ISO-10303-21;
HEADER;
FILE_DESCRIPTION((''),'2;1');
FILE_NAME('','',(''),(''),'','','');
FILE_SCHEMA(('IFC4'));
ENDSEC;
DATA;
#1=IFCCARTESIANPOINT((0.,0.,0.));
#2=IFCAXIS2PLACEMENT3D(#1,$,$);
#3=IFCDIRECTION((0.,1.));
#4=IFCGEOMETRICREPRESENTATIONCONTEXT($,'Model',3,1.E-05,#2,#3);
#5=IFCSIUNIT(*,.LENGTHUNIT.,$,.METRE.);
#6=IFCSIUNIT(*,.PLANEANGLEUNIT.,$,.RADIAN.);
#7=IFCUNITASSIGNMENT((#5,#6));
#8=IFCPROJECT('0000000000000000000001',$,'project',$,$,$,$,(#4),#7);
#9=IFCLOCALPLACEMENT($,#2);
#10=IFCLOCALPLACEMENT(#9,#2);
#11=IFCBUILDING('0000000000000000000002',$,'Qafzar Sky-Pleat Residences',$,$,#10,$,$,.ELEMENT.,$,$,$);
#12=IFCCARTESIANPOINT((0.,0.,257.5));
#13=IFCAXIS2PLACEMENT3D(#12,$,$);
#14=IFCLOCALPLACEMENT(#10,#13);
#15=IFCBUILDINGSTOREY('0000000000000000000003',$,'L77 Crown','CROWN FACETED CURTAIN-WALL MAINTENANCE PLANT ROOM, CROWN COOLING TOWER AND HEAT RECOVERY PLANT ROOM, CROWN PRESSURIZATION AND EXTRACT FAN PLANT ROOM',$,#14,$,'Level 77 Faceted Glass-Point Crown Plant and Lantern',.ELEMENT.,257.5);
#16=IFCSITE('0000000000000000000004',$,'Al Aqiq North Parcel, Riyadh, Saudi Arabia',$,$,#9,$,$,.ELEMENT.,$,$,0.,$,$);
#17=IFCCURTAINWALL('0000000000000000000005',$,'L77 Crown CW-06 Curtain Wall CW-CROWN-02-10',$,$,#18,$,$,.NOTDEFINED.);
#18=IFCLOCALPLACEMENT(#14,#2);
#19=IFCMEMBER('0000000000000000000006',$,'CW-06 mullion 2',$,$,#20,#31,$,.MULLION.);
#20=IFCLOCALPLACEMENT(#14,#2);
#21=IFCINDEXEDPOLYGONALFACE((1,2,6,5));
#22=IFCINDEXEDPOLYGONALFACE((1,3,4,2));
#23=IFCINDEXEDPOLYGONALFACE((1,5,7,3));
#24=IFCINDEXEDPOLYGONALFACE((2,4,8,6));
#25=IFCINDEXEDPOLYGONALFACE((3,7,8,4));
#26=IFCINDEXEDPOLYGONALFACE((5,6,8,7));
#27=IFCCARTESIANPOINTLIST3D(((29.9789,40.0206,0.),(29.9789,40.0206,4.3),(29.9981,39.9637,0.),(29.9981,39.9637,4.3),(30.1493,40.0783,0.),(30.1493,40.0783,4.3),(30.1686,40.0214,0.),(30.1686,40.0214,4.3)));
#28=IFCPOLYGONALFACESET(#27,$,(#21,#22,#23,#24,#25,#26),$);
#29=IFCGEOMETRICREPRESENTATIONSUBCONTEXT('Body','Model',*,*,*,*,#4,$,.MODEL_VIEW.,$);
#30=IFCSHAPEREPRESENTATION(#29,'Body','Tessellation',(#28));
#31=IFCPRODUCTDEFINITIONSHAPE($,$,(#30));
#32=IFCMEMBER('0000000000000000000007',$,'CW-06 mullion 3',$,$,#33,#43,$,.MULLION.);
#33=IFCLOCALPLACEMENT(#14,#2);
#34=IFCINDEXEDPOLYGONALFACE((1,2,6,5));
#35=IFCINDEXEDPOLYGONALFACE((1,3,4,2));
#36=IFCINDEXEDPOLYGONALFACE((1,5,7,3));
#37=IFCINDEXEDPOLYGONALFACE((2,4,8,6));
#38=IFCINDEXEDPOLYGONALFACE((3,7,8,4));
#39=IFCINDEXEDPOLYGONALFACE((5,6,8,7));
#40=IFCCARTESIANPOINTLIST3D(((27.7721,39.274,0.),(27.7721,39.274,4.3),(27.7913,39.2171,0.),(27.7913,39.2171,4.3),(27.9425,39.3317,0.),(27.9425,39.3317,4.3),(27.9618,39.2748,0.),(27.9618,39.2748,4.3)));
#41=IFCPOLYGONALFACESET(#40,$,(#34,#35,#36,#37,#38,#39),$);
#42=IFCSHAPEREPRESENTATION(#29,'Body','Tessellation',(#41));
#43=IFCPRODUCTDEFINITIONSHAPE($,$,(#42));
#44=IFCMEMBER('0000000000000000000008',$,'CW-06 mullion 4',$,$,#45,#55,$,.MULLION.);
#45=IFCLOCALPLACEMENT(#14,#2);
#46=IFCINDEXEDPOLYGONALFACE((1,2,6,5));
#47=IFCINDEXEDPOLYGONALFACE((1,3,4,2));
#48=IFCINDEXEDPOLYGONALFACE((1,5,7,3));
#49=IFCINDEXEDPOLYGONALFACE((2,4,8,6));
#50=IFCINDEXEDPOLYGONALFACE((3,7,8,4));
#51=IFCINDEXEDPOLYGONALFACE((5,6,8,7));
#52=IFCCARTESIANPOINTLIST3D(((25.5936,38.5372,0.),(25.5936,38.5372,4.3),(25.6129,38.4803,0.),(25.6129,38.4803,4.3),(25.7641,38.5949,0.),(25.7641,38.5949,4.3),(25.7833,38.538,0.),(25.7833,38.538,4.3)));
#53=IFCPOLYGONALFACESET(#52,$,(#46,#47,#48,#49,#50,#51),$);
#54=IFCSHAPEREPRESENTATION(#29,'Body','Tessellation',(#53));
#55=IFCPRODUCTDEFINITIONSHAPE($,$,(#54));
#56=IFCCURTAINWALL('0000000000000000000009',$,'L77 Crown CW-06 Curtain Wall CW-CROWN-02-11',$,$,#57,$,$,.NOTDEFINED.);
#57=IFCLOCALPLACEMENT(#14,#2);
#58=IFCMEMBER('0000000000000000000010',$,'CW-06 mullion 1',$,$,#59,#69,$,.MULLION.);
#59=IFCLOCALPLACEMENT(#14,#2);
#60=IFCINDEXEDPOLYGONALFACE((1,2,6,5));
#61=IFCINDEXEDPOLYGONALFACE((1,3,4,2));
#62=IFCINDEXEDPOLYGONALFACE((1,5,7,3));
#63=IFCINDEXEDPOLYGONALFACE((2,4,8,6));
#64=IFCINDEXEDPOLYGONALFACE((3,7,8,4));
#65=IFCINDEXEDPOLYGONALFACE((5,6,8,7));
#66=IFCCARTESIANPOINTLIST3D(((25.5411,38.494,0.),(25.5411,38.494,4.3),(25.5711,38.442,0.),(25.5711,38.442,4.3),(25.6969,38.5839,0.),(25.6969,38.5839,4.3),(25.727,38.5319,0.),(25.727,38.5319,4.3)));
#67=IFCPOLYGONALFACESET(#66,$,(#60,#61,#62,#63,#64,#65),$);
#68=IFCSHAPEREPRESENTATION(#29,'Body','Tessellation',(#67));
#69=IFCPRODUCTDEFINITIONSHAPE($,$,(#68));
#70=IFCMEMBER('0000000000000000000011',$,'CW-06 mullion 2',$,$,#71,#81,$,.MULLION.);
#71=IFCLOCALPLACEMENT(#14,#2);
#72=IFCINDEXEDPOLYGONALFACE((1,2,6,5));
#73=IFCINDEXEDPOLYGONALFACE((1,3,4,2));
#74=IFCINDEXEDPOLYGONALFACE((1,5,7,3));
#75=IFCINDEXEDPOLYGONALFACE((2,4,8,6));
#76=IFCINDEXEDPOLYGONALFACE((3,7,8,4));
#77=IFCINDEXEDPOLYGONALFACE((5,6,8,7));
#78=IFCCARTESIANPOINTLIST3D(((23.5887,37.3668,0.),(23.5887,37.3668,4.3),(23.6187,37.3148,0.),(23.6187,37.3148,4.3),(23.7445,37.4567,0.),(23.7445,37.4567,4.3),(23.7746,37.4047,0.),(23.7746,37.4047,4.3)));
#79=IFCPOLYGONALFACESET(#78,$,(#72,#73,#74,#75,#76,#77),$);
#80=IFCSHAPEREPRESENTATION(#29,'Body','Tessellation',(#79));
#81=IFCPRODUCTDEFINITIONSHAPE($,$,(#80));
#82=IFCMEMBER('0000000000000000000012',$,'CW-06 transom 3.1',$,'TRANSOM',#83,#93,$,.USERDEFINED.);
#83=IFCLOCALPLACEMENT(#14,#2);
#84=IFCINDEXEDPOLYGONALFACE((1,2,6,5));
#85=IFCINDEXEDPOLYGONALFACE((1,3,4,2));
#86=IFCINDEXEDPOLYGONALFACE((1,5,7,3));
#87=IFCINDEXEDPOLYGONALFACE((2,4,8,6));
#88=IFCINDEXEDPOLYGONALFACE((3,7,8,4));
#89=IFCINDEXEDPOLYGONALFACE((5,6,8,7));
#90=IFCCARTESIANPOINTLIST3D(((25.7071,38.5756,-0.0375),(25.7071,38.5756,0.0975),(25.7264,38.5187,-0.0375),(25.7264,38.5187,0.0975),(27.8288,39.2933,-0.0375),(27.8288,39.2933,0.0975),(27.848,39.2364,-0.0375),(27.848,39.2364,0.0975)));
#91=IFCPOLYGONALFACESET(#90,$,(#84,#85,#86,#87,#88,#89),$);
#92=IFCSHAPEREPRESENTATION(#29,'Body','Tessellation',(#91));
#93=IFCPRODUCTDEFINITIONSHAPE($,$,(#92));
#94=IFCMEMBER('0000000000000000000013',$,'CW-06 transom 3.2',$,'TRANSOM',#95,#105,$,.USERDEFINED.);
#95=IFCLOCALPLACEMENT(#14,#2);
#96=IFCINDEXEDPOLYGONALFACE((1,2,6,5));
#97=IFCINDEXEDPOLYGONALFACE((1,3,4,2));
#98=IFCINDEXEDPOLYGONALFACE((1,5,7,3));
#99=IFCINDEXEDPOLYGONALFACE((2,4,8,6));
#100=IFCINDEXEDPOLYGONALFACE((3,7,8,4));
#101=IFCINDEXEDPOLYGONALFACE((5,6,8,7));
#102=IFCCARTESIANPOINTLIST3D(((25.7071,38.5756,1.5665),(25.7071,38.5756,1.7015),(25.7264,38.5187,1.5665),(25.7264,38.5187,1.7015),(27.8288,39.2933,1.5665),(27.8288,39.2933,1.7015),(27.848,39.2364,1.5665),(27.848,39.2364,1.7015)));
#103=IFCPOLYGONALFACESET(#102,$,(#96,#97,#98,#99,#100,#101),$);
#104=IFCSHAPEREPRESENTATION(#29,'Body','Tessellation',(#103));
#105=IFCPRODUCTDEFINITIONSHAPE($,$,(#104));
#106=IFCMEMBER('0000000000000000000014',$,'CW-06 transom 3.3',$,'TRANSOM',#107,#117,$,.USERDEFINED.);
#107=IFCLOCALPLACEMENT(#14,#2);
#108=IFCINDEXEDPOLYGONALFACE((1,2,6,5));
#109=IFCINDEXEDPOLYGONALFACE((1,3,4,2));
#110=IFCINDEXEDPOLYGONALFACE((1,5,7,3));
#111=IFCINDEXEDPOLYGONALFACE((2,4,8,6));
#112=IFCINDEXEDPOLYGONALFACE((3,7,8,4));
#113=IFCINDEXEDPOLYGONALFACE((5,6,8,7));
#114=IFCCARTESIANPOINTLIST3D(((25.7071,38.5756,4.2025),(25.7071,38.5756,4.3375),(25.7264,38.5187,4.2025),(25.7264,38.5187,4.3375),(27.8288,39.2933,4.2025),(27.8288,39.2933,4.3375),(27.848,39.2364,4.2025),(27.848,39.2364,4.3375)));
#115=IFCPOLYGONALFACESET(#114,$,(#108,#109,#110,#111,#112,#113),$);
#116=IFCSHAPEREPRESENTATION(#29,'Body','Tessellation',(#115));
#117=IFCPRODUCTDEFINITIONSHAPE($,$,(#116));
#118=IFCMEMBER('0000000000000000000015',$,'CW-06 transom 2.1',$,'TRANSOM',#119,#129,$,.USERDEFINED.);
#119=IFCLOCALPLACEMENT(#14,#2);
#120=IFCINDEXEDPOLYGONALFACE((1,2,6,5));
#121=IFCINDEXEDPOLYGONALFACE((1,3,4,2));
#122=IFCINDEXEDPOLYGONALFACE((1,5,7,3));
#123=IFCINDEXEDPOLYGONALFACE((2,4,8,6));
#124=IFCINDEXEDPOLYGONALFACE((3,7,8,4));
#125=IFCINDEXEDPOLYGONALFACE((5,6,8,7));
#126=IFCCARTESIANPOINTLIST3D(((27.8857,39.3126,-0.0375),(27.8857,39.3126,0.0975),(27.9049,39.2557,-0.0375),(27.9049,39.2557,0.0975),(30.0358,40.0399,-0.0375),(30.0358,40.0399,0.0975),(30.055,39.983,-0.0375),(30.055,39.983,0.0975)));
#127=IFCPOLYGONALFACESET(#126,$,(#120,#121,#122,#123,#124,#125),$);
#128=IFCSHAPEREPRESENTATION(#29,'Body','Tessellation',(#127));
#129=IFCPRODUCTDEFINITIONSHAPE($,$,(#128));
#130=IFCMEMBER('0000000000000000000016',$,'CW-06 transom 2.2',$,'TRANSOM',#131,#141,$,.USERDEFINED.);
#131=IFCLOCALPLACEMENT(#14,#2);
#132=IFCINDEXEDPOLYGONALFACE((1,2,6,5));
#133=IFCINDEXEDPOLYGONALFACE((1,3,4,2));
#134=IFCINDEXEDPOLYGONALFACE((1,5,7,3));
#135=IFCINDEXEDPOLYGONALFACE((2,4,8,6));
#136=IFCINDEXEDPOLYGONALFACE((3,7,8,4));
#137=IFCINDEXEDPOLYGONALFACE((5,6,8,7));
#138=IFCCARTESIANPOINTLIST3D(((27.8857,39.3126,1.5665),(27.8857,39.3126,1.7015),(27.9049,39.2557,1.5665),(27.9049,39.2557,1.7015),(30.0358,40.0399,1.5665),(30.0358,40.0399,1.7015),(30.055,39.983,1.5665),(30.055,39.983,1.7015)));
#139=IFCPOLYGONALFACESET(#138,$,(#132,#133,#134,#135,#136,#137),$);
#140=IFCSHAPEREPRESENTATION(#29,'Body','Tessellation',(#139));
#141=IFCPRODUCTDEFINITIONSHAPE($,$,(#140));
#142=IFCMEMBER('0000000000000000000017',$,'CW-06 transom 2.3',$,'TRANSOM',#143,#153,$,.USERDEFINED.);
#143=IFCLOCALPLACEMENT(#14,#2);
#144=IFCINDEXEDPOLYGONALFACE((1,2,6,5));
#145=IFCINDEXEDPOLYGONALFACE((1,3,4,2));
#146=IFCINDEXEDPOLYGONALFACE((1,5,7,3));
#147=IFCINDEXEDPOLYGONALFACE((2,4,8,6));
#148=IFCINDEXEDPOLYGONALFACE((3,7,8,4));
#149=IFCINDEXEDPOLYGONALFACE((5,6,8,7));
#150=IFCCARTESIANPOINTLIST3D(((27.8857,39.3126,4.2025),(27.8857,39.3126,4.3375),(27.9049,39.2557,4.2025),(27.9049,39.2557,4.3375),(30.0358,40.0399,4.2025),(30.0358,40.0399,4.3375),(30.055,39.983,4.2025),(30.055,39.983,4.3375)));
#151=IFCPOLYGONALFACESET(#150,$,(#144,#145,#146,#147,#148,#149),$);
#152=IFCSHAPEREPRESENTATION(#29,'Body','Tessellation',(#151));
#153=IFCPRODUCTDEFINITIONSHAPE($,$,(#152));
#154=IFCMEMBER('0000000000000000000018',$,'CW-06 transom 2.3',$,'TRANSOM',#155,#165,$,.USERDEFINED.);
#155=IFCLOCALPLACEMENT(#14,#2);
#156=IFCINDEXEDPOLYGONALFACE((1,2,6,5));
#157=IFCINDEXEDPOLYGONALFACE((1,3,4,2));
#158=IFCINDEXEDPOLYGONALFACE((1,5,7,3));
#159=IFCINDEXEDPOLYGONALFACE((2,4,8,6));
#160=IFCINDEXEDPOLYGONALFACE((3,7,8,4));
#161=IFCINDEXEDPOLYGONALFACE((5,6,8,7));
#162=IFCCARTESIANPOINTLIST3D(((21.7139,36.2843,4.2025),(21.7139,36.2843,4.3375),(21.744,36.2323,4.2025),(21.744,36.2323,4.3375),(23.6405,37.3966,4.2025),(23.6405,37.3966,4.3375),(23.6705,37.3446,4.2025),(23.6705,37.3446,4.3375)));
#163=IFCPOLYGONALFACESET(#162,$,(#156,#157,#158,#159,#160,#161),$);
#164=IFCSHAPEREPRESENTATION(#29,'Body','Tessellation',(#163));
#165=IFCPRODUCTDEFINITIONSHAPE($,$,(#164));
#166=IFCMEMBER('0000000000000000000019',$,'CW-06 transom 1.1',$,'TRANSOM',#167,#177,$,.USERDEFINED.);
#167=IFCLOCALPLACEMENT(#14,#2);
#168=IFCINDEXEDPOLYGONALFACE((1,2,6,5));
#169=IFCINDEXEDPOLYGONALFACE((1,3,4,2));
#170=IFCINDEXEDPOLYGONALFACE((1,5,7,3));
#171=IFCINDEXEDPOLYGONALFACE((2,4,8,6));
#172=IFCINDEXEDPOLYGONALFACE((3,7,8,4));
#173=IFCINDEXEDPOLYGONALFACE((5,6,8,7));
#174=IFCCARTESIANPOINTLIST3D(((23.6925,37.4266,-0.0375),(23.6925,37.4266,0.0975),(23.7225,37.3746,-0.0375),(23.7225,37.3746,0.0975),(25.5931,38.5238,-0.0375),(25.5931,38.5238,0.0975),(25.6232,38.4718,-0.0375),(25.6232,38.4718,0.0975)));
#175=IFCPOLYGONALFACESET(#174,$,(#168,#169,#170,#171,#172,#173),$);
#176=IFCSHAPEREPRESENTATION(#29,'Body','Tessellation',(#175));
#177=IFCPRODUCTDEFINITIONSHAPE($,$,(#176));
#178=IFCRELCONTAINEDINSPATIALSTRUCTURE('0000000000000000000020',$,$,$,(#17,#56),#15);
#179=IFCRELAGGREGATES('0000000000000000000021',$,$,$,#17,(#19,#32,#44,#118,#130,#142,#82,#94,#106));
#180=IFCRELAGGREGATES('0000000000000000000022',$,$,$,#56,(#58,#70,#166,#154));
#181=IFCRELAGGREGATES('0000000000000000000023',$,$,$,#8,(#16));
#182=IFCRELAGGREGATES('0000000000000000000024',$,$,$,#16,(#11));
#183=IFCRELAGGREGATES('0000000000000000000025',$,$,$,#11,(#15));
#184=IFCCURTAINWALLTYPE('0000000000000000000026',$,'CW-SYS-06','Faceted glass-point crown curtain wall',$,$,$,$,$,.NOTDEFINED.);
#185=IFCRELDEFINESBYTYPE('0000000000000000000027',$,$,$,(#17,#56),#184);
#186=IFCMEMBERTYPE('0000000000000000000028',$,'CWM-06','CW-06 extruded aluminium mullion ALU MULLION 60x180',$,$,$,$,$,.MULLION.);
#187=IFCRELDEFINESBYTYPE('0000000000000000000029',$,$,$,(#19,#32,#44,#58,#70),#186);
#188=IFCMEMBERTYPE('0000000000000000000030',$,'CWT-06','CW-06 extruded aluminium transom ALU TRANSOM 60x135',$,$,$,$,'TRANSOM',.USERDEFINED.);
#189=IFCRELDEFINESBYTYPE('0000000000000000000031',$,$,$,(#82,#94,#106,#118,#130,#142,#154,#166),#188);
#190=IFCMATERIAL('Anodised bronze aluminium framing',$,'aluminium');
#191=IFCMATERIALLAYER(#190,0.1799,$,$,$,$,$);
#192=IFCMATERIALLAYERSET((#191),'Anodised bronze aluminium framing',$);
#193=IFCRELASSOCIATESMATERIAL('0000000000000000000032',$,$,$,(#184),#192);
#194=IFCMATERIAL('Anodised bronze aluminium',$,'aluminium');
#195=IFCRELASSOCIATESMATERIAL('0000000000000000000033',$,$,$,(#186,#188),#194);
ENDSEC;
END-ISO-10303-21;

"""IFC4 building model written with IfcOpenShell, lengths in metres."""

from ifc_helpers import new_model, si_unit, direction, frame, origin, origin_2d, place, context, subcontext, project, spatial, rectangle, extrude, source, transform, mapped, material, layer, layer_set, material_profile, profile_set, type_object, element, aggregate, save


model = new_model("IFC4")

# Units and contexts
model_context = context("Model", 3, precision=1e-05, world=origin(), true_north=direction((0.0, 1.0)))
body_context = subcontext(model_context, "Body", "Model", "MODEL_VIEW")
ifc_project = project(units=[si_unit("LENGTHUNIT", "METRE"), si_unit("PLANEANGLEUNIT", "RADIAN")], contexts=[model_context])

# Site, building, storey
site_placement = place(None, origin())
site = spatial("IfcSite", under=ifc_project, at=site_placement, Name="Al Aqiq North Parcel, Riyadh, Saudi Arabia", CompositionType="ELEMENT", RefElevation=0.0)
building_placement = place(site_placement, origin())
building = spatial("IfcBuilding", under=site, at=building_placement, Name="Qafzar Sky-Pleat Residences", CompositionType="ELEMENT")
storey_placement = place(building_placement, frame((0.0, 0.0, 257.5)))
storey = spatial("IfcBuildingStorey", under=building, at=storey_placement, Name="L77 Crown", Description="CROWN FACETED CURTAIN-WALL MAINTENANCE PLANT ROOM, CROWN COOLING TOWER AND HEAT RECOVERY PLANT ROOM, CROWN PRESSURIZATION AND EXTRACT FAN PLANT ROOM", LongName="Level 77 Faceted Glass-Point Crown Plant and Lantern", CompositionType="ELEMENT", Elevation=257.5)

# Curtain walls, members
ifc_material_1 = material(Name="Anodised bronze aluminium framing", Category="aluminium")
ifc_layer_1 = layer(ifc_material_1, 0.1799)
ifc_layer_set_1 = layer_set([ifc_layer_1], Name="Anodised bronze aluminium framing")
curtain_wall_type = type_object("IfcCurtainWallType", Name="CW-SYS-06", Description="Faceted glass-point crown curtain wall", PredefinedType="NOTDEFINED", material=ifc_layer_set_1)
curtain_wall_1_placement = place(storey_placement, origin())
curtain_wall_1 = element("IfcCurtainWall", 1, at=curtain_wall_1_placement, inside=storey, type_object=curtain_wall_type, Name="L77 Crown CW-06 Curtain Wall CW-CROWN-02-10", PredefinedType="NOTDEFINED")
ifc_material_2 = material(Name="Anodised bronze aluminium", Category="aluminium")
ifc_material_profile_1 = material_profile(ifc_material_2, rectangle(XDim=0.0601, YDim=0.1799, at=origin_2d()), Name="ALU MULLION 60x180")
ifc_profile_set_1 = profile_set([ifc_material_profile_1], Name="Anodised bronze aluminium")
member_type_1 = type_object("IfcMemberType", Name="CWM-06", Description="CW-06 extruded aluminium mullion ALU MULLION 60x180", PredefinedType="MULLION", material=ifc_profile_set_1)
shared_shape_1 = source(origin(), body_context, "Body", "SweptSolid", [
    extrude(rectangle(XDim=0.0601, YDim=0.1799, at=origin_2d()), origin(), (0.0, 0.0, 1.0), 4.3),
])
member_1_placement = place(storey_placement, frame((30.0737, 40.021, 0.0), z_axis=(0.0, 0.0, 1.0), x_axis=(0.320448, -0.947266, 0.0)))
member_1 = element("IfcMember", 2, at=member_1_placement, type_object=member_type_1, Name="CW-06 mullion 2", PredefinedType="MULLION", context=body_context, shape_type="MappedRepresentation", body=[
    mapped(shared_shape_1, transform((0.0, 0.0, 0.0), x_axis=(1.0, 0.0, 0.0), y_axis=(0.0, 1.0, 0.0), z_axis=(0.0, 0.0, 1.0), scale=1.0)),
])
member_2_placement = place(storey_placement, frame((27.8669, 39.2744, 0.0), z_axis=(0.0, 0.0, 1.0), x_axis=(0.320448, -0.947266, 0.0)))
member_2 = element("IfcMember", 3, at=member_2_placement, type_object=member_type_1, Name="CW-06 mullion 3", PredefinedType="MULLION", context=body_context, shape_type="MappedRepresentation", body=[
    mapped(shared_shape_1, transform((0.0, 0.0, 0.0), x_axis=(1.0, 0.0, 0.0), y_axis=(0.0, 1.0, 0.0), z_axis=(0.0, 0.0, 1.0), scale=1.0)),
])
member_3_placement = place(storey_placement, frame((25.6885, 38.5376, 0.0), z_axis=(0.0, 0.0, 1.0), x_axis=(0.320448, -0.947266, 0.0)))
member_3 = element("IfcMember", 4, at=member_3_placement, type_object=member_type_1, Name="CW-06 mullion 4", PredefinedType="MULLION", context=body_context, shape_type="MappedRepresentation", body=[
    mapped(shared_shape_1, transform((0.0, 0.0, 0.0), x_axis=(1.0, 0.0, 0.0), y_axis=(0.0, 1.0, 0.0), z_axis=(0.0, 0.0, 1.0), scale=1.0)),
])
curtain_wall_2_placement = place(storey_placement, origin())
curtain_wall_2 = element("IfcCurtainWall", 5, at=curtain_wall_2_placement, inside=storey, type_object=curtain_wall_type, Name="L77 Crown CW-06 Curtain Wall CW-CROWN-02-11", PredefinedType="NOTDEFINED")
member_4_placement = place(storey_placement, frame((25.634, 38.5129, 0.0), z_axis=(0.0, 0.0, 1.0), x_axis=(0.499999, -0.866026, 0.0)))
member_4 = element("IfcMember", 6, at=member_4_placement, type_object=member_type_1, Name="CW-06 mullion 1", PredefinedType="MULLION", context=body_context, shape_type="MappedRepresentation", body=[
    mapped(shared_shape_1, transform((0.0, 0.0, 0.0), x_axis=(1.0, 0.0, 0.0), y_axis=(0.0, 1.0, 0.0), z_axis=(0.0, 0.0, 1.0), scale=1.0)),
])
member_5_placement = place(storey_placement, frame((23.6816, 37.3857, 0.0), z_axis=(0.0, 0.0, 1.0), x_axis=(0.499999, -0.866026, 0.0)))
member_5 = element("IfcMember", 7, at=member_5_placement, type_object=member_type_1, Name="CW-06 mullion 2", PredefinedType="MULLION", context=body_context, shape_type="MappedRepresentation", body=[
    mapped(shared_shape_1, transform((0.0, 0.0, 0.0), x_axis=(1.0, 0.0, 0.0), y_axis=(0.0, 1.0, 0.0), z_axis=(0.0, 0.0, 1.0), scale=1.0)),
])

# Members
ifc_material_profile_2 = material_profile(ifc_material_2, rectangle(XDim=0.0601, YDim=0.135, at=origin_2d()), Name="ALU TRANSOM 60x135")
ifc_profile_set_2 = profile_set([ifc_material_profile_2], Name="Anodised bronze aluminium")
member_type_2 = type_object("IfcMemberType", Name="CWT-06", Description="CW-06 extruded aluminium transom ALU TRANSOM 60x135", ElementType="TRANSOM", PredefinedType="USERDEFINED", material=ifc_profile_set_2)
shared_shape_2 = source(origin(), body_context, "Body", "SweptSolid", [
    extrude(rectangle(XDim=0.0601, YDim=0.135, at=origin_2d()), origin(), (0.0, 0.0, 1.0), 2.2397),
])
member_6_placement = place(storey_placement, frame((27.8384, 39.2649, 0.03), z_axis=(-0.947257, -0.320476, 0.0), x_axis=(0.320476, -0.947257, 0.0)))
member_6 = element("IfcMember", 8, at=member_6_placement, type_object=member_type_2, Name="CW-06 transom 3.1", ObjectType="TRANSOM", PredefinedType="USERDEFINED", context=body_context, shape_type="MappedRepresentation", body=[
    mapped(shared_shape_2, transform((0.0, 0.0, 0.0), x_axis=(1.0, 0.0, 0.0), y_axis=(0.0, 1.0, 0.0), z_axis=(0.0, 0.0, 1.0), scale=1.0)),
])
member_7_placement = place(storey_placement, frame((27.8384, 39.2649, 1.634), z_axis=(-0.947257, -0.320476, 0.0), x_axis=(0.320476, -0.947257, 0.0)))
member_7 = element("IfcMember", 9, at=member_7_placement, type_object=member_type_2, Name="CW-06 transom 3.2", ObjectType="TRANSOM", PredefinedType="USERDEFINED", context=body_context, shape_type="MappedRepresentation", body=[
    mapped(shared_shape_2, transform((0.0, 0.0, 0.0), x_axis=(1.0, 0.0, 0.0), y_axis=(0.0, 1.0, 0.0), z_axis=(0.0, 0.0, 1.0), scale=1.0)),
])
member_8_placement = place(storey_placement, frame((27.8384, 39.2649, 4.27), z_axis=(-0.947257, -0.320476, 0.0), x_axis=(0.320476, -0.947257, 0.0)))
member_8 = element("IfcMember", 10, at=member_8_placement, type_object=member_type_2, Name="CW-06 transom 3.3", ObjectType="TRANSOM", PredefinedType="USERDEFINED", context=body_context, shape_type="MappedRepresentation", body=[
    mapped(shared_shape_2, transform((0.0, 0.0, 0.0), x_axis=(1.0, 0.0, 0.0), y_axis=(0.0, 1.0, 0.0), z_axis=(0.0, 0.0, 1.0), scale=1.0)),
])
shared_shape_3 = source(origin(), body_context, "Body", "SweptSolid", [
    extrude(rectangle(XDim=0.0601, YDim=0.135, at=origin_2d()), origin(), (0.0, 0.0, 1.0), 2.2698),
])
member_9_placement = place(storey_placement, frame((30.0454, 40.0115, 0.03), z_axis=(-0.947276, -0.320419, 0.0), x_axis=(0.320419, -0.947276, 0.0)))
member_9 = element("IfcMember", 11, at=member_9_placement, type_object=member_type_2, Name="CW-06 transom 2.1", ObjectType="TRANSOM", PredefinedType="USERDEFINED", context=body_context, shape_type="MappedRepresentation", body=[
    mapped(shared_shape_3, transform((0.0, 0.0, 0.0), x_axis=(1.0, 0.0, 0.0), y_axis=(0.0, 1.0, 0.0), z_axis=(0.0, 0.0, 1.0), scale=1.0)),
])
member_10_placement = place(storey_placement, frame((30.0454, 40.0115, 1.634), z_axis=(-0.947276, -0.320419, 0.0), x_axis=(0.320419, -0.947276, 0.0)))
member_10 = element("IfcMember", 12, at=member_10_placement, type_object=member_type_2, Name="CW-06 transom 2.2", ObjectType="TRANSOM", PredefinedType="USERDEFINED", context=body_context, shape_type="MappedRepresentation", body=[
    mapped(shared_shape_3, transform((0.0, 0.0, 0.0), x_axis=(1.0, 0.0, 0.0), y_axis=(0.0, 1.0, 0.0), z_axis=(0.0, 0.0, 1.0), scale=1.0)),
])
member_11_placement = place(storey_placement, frame((30.0454, 40.0115, 4.27), z_axis=(-0.947276, -0.320419, 0.0), x_axis=(0.320419, -0.947276, 0.0)))
member_11 = element("IfcMember", 13, at=member_11_placement, type_object=member_type_2, Name="CW-06 transom 2.3", ObjectType="TRANSOM", PredefinedType="USERDEFINED", context=body_context, shape_type="MappedRepresentation", body=[
    mapped(shared_shape_3, transform((0.0, 0.0, 0.0), x_axis=(1.0, 0.0, 0.0), y_axis=(0.0, 1.0, 0.0), z_axis=(0.0, 0.0, 1.0), scale=1.0)),
])
shared_shape_4 = source(origin(), body_context, "Body", "SweptSolid", [
    extrude(rectangle(XDim=0.0601, YDim=0.135, at=origin_2d()), origin(), (0.0, 0.0, 1.0), 2.2246),
])
member_12_placement = place(storey_placement, frame((23.6555, 37.3706, 4.27), z_axis=(-0.866019, -0.500011, 0.0), x_axis=(0.500011, -0.866019, 0.0)))
member_12 = element("IfcMember", 14, at=member_12_placement, type_object=member_type_2, Name="CW-06 transom 2.3", ObjectType="TRANSOM", PredefinedType="USERDEFINED", context=body_context, shape_type="MappedRepresentation", body=[
    mapped(shared_shape_4, transform((0.0, 0.0, 0.0), x_axis=(1.0, 0.0, 0.0), y_axis=(0.0, 1.0, 0.0), z_axis=(0.0, 0.0, 1.0), scale=1.0)),
])
shared_shape_5 = source(origin(), body_context, "Body", "SweptSolid", [
    extrude(rectangle(XDim=0.0601, YDim=0.135, at=origin_2d()), origin(), (0.0, 0.0, 1.0), 2.1946),
])
member_13_placement = place(storey_placement, frame((25.6082, 38.4978, 0.03), z_axis=(-0.866058, -0.499944, 0.0), x_axis=(0.499944, -0.866058, 0.0)))
member_13 = element("IfcMember", 15, at=member_13_placement, type_object=member_type_2, Name="CW-06 transom 1.1", ObjectType="TRANSOM", PredefinedType="USERDEFINED", context=body_context, shape_type="MappedRepresentation", body=[
    mapped(shared_shape_5, transform((0.0, 0.0, 0.0), x_axis=(1.0, 0.0, 0.0), y_axis=(0.0, 1.0, 0.0), z_axis=(0.0, 0.0, 1.0), scale=1.0)),
])

aggregate(curtain_wall_1, [member_1, member_2, member_3, member_9, member_10, member_11, member_6, member_7, member_8])
aggregate(curtain_wall_2, [member_4, member_5, member_13, member_12])

save(model, "model.ifc")
